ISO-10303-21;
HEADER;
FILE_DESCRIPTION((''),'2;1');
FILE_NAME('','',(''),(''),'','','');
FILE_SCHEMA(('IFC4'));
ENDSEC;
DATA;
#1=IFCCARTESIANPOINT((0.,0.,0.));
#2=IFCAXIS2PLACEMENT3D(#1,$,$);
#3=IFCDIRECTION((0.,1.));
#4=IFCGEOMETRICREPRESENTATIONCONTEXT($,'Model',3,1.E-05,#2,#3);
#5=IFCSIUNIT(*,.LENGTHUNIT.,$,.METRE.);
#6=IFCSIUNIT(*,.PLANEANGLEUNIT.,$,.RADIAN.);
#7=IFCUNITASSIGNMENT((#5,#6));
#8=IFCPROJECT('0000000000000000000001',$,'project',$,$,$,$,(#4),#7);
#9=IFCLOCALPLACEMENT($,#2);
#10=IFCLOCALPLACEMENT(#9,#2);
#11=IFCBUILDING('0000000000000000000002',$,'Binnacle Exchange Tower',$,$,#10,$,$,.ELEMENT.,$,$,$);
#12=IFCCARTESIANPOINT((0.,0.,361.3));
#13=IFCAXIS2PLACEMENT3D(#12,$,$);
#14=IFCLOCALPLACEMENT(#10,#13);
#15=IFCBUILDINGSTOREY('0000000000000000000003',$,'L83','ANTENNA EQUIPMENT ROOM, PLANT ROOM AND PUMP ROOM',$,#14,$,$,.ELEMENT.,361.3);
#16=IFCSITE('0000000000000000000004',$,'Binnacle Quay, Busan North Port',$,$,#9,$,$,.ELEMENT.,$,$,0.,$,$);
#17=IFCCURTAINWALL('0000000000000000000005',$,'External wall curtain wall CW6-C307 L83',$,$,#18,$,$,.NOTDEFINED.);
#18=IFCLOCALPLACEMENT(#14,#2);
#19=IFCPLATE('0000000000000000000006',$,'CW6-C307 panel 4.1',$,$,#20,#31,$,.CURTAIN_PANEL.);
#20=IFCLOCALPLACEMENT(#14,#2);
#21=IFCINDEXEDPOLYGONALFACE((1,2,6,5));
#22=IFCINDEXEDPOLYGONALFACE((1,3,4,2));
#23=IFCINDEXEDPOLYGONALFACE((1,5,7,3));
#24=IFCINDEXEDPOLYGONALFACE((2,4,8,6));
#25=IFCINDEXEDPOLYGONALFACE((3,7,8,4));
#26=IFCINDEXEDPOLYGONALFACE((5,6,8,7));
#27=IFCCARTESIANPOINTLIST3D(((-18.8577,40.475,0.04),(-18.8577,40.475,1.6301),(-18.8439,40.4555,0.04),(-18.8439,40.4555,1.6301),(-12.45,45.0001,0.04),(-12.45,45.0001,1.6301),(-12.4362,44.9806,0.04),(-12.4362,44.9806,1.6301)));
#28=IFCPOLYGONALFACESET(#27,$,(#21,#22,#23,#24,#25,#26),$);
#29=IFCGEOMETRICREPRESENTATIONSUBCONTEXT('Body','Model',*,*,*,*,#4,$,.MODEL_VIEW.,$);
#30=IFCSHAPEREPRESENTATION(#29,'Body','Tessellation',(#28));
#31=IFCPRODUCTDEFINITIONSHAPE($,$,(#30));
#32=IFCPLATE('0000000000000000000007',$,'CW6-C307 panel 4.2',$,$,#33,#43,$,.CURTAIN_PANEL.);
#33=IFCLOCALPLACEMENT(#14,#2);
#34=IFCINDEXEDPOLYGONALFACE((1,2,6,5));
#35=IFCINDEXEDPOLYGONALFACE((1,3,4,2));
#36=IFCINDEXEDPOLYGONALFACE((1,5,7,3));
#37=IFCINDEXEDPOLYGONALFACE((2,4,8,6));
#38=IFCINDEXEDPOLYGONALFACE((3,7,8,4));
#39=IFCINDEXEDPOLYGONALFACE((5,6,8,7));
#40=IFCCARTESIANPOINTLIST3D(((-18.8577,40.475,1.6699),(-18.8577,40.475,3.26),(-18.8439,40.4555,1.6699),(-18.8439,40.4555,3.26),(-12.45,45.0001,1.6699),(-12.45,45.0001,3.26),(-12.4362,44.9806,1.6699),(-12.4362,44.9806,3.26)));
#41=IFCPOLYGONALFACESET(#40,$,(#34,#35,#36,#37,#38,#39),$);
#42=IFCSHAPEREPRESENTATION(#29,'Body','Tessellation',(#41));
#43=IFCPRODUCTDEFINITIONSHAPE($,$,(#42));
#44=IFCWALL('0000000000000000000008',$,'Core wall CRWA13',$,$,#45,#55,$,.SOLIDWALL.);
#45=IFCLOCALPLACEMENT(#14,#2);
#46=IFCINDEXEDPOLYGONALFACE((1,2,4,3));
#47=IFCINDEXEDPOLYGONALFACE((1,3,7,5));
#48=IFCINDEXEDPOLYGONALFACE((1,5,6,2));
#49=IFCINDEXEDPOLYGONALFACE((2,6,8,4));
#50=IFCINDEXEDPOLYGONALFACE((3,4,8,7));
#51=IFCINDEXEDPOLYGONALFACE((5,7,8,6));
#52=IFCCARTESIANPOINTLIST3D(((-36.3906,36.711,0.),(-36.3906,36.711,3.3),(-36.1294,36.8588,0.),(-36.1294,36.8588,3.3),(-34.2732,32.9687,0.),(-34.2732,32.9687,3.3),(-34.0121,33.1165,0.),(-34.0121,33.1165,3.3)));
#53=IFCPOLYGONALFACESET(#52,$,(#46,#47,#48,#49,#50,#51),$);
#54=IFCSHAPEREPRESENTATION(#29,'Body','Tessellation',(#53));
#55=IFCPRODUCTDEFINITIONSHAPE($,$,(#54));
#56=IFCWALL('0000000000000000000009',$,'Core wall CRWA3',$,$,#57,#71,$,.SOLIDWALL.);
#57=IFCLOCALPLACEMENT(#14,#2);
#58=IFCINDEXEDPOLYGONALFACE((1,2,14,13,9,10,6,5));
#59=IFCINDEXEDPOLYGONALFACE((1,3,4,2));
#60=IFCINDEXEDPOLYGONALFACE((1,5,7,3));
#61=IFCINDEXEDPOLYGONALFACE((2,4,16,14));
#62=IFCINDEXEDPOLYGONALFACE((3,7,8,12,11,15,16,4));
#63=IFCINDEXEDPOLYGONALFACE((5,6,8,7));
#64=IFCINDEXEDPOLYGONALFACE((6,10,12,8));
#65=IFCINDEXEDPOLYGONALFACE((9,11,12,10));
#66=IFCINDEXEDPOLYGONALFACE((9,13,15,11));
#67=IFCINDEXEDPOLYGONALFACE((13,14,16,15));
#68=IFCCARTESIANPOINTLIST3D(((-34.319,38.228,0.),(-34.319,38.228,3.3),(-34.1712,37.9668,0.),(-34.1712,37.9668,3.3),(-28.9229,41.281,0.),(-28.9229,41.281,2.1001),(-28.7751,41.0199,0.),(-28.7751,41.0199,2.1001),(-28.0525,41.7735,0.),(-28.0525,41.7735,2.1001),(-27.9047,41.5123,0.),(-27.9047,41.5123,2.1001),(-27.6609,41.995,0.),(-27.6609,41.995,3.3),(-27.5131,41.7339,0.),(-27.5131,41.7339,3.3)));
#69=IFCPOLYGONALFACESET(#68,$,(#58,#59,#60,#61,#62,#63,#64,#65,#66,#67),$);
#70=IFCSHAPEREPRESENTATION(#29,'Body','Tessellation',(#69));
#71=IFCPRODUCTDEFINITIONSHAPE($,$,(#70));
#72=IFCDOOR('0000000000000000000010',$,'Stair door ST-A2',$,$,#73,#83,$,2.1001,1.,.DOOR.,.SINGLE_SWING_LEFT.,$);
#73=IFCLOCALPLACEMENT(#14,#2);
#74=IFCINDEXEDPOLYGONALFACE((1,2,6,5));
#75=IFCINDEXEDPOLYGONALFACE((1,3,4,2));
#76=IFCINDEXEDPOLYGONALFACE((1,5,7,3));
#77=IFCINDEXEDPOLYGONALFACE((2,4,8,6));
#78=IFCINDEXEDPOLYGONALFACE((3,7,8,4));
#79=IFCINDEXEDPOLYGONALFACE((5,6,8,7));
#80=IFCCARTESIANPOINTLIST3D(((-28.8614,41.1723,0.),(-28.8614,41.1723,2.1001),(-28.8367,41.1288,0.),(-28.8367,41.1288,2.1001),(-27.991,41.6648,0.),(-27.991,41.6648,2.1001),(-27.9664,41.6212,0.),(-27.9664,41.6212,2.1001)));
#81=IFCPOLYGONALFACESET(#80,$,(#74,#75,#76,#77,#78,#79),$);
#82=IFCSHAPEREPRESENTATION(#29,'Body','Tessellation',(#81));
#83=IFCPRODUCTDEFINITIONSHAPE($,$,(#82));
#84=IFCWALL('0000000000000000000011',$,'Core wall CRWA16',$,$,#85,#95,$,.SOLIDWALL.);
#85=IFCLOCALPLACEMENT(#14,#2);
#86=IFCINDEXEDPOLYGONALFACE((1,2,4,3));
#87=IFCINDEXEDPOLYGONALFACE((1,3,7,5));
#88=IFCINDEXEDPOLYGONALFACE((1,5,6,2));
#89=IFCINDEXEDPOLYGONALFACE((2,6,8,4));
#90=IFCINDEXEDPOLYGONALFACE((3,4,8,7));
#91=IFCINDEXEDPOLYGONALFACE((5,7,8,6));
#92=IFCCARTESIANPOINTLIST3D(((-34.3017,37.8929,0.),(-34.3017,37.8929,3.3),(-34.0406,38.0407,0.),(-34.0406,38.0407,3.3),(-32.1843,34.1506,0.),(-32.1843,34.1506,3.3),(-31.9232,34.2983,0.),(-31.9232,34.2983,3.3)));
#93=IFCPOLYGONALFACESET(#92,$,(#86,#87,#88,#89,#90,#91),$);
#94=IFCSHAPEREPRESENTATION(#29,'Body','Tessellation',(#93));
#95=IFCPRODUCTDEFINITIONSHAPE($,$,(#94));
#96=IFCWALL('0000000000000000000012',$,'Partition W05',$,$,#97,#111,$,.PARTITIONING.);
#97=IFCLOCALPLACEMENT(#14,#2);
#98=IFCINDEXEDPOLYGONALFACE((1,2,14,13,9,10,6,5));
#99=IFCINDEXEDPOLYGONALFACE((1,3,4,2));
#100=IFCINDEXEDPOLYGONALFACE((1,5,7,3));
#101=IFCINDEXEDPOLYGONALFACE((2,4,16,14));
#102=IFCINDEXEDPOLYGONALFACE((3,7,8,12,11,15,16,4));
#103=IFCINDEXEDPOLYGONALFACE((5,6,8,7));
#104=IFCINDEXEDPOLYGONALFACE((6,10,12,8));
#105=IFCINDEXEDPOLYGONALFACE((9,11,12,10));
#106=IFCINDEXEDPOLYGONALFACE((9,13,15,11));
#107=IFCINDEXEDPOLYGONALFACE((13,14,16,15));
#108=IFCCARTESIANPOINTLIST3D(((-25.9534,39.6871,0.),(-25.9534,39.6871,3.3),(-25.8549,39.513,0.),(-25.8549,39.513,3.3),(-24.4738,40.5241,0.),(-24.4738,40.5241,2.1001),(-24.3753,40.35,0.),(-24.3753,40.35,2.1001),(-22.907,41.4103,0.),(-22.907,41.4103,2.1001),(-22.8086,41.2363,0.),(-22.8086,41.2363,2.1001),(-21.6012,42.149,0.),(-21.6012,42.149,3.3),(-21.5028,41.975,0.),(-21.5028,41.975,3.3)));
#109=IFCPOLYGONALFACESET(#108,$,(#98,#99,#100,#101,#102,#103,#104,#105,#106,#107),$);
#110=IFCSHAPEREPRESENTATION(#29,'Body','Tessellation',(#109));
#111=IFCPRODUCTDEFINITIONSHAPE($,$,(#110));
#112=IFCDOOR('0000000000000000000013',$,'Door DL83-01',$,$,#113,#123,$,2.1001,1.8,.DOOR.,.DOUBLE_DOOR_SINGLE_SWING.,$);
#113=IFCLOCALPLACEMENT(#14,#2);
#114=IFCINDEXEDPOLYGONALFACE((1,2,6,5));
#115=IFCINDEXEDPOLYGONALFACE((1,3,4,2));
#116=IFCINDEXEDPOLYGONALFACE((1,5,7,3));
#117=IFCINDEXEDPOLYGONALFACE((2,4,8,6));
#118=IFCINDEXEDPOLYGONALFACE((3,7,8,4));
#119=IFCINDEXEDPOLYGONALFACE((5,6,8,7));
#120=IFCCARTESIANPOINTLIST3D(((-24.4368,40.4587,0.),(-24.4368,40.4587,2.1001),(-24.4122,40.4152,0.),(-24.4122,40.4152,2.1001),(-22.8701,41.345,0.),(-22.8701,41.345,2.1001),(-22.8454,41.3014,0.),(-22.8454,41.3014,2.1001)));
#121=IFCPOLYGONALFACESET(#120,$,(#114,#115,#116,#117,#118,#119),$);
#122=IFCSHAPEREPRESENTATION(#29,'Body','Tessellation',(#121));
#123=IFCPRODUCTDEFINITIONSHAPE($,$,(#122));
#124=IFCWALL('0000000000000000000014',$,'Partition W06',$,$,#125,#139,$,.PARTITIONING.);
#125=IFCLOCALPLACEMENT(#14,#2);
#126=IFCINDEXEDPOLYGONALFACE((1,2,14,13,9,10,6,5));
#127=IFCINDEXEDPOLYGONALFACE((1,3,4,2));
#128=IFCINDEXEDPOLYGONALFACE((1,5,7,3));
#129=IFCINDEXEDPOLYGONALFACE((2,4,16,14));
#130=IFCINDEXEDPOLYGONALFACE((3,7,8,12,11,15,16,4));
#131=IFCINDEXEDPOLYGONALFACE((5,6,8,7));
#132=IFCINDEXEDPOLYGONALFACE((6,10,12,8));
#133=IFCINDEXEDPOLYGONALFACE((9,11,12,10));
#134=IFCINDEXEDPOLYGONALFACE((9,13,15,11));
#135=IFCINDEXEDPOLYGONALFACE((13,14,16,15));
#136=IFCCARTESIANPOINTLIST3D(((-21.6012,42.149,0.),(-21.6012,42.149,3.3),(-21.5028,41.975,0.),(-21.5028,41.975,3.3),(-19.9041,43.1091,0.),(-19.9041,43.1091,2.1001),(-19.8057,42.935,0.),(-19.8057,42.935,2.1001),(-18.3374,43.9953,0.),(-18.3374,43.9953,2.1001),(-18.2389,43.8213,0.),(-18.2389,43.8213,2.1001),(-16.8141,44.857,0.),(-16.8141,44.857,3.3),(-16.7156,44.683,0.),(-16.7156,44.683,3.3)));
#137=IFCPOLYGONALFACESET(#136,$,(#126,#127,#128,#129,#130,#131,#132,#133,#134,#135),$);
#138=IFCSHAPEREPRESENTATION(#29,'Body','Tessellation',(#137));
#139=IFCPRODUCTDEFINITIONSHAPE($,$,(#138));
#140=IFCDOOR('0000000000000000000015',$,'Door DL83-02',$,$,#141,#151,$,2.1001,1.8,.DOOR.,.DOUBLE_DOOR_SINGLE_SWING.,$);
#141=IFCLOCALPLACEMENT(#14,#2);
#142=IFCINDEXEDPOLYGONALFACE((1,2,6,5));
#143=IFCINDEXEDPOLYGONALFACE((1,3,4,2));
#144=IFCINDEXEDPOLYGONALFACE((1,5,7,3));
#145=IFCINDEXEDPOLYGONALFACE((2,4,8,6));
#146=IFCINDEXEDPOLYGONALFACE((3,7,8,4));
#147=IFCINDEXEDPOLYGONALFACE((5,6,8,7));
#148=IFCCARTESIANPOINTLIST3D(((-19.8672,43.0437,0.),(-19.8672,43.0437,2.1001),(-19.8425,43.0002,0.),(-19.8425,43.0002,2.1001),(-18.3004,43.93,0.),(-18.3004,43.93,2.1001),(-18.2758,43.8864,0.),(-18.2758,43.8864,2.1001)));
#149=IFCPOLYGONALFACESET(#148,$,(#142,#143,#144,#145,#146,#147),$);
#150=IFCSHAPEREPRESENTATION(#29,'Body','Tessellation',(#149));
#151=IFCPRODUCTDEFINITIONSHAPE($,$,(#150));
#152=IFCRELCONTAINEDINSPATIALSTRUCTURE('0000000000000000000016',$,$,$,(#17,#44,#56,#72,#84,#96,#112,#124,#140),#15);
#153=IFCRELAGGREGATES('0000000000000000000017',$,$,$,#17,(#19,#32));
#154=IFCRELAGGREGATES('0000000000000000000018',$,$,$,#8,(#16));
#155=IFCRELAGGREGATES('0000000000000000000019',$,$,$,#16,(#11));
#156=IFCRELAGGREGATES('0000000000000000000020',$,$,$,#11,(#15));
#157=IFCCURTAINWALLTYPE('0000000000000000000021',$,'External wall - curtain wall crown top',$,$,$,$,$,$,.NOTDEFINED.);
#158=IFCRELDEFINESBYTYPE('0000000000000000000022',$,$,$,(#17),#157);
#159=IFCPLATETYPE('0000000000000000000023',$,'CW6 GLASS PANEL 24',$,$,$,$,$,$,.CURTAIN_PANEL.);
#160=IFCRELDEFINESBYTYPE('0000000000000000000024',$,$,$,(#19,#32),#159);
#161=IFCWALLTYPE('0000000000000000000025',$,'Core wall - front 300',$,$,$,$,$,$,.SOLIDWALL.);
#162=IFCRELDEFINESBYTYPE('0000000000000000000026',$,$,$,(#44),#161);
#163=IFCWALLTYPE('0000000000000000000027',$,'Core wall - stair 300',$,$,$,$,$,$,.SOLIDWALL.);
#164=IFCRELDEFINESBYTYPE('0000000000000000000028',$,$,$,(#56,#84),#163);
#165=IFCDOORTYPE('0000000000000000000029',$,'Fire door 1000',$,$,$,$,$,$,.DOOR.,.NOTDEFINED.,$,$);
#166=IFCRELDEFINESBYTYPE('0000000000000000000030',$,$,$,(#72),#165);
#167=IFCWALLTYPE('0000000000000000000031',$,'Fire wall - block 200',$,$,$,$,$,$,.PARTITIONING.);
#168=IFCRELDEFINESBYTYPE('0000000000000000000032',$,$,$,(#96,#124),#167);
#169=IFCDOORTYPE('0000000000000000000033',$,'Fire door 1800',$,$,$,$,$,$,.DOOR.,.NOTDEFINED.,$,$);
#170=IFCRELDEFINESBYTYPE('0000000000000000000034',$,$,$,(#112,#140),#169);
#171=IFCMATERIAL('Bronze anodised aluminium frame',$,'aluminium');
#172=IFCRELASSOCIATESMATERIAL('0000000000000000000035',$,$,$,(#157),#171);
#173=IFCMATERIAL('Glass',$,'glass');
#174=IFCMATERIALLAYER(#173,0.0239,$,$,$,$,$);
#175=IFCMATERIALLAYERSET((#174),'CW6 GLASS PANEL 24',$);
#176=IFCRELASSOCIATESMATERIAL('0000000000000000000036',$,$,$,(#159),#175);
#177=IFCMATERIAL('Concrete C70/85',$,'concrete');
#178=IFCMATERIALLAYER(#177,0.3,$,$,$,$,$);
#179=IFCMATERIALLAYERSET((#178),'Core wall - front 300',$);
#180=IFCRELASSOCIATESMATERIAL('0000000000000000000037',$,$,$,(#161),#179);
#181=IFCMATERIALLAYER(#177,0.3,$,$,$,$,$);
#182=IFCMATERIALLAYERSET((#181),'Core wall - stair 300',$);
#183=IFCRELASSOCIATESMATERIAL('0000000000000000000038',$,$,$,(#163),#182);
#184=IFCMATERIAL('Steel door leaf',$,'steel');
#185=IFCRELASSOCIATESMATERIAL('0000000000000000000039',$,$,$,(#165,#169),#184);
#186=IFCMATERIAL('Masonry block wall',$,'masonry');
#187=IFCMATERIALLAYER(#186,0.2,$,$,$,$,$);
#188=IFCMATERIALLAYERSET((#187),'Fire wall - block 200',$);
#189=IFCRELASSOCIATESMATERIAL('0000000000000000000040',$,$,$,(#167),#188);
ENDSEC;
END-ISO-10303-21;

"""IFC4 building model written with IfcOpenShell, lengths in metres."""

from ifc_helpers import new_model, si_unit, direction, frame, frame_2d, origin, origin_2d, place, context, subcontext, project, spatial, rectangle, extrude, material, layer, layer_set, type_object, element, fill, aggregate, save


model = new_model("IFC4")

# Units and contexts
model_context = context("Model", 3, precision=1e-05, world=origin(), true_north=direction((0.0, 1.0)))
body_context = subcontext(model_context, "Body", "Model", "MODEL_VIEW")
ifc_project = project(units=[si_unit("LENGTHUNIT", "METRE"), si_unit("PLANEANGLEUNIT", "RADIAN")], contexts=[model_context])

# Site, building, storey
site_placement = place(None, origin())
site = spatial("IfcSite", under=ifc_project, at=site_placement, Name="Binnacle Quay, Busan North Port", CompositionType="ELEMENT", RefElevation=0.0)
building_placement = place(site_placement, origin())
building = spatial("IfcBuilding", under=site, at=building_placement, Name="Binnacle Exchange Tower", CompositionType="ELEMENT")
storey_placement = place(building_placement, frame((0.0, 0.0, 361.3)))
storey = spatial("IfcBuildingStorey", under=building, at=storey_placement, Name="L83", Description="ANTENNA EQUIPMENT ROOM, PLANT ROOM AND PUMP ROOM", CompositionType="ELEMENT", Elevation=361.3)

# Curtain wall
ifc_material_1 = material(Name="Bronze anodised aluminium frame", Category="aluminium")
curtain_wall_type = type_object("IfcCurtainWallType", Name="External wall - curtain wall crown top", PredefinedType="NOTDEFINED", material=ifc_material_1)
curtain_wall_placement = place(storey_placement, origin())
curtain_wall = element("IfcCurtainWall", 1, at=curtain_wall_placement, inside=storey, type_object=curtain_wall_type, Name="External wall curtain wall CW6-C307 L83", PredefinedType="NOTDEFINED")

# Plates
ifc_material_2 = material(Name="Glass", Category="glass")
ifc_layer_1 = layer(ifc_material_2, 0.0239)
ifc_layer_set_1 = layer_set([ifc_layer_1], Name="CW6 GLASS PANEL 24")
plate_type = type_object("IfcPlateType", Name="CW6 GLASS PANEL 24", PredefinedType="CURTAIN_PANEL", material=ifc_layer_set_1)
plate_1_placement = place(storey_placement, frame((-15.647, 42.7278, 0.04), z_axis=(0.0, 0.0, 1.0), x_axis=(0.816847, 0.576854, 0.0)))
plate_1 = element("IfcPlate", 2, at=plate_1_placement, type_object=plate_type, Name="CW6-C307 panel 4.1", PredefinedType="CURTAIN_PANEL", context=body_context, shape_type="SweptSolid", body=[
    extrude(rectangle(XDim=7.8445, YDim=0.0239, at=origin_2d()), origin(), (0.0, 0.0, 1.0), 1.5901),
])
plate_2_placement = place(storey_placement, frame((-15.647, 42.7278, 1.6699), z_axis=(0.0, 0.0, 1.0), x_axis=(0.816847, 0.576854, 0.0)))
plate_2 = element("IfcPlate", 3, at=plate_2_placement, type_object=plate_type, Name="CW6-C307 panel 4.2", PredefinedType="CURTAIN_PANEL", context=body_context, shape_type="SweptSolid", body=[
    extrude(rectangle(XDim=7.8445, YDim=0.0239, at=origin_2d()), origin(), (0.0, 0.0, 1.0), 1.5901),
])
aggregate(curtain_wall, [plate_1, plate_2])

# Wall
ifc_material_3 = material(Name="Concrete C70/85", Category="concrete")
ifc_layer_2 = layer(ifc_material_3, 0.3)
ifc_layer_set_2 = layer_set([ifc_layer_2], Name="Core wall - front 300")
wall_type_1 = type_object("IfcWallType", Name="Core wall - front 300", PredefinedType="SOLIDWALL", material=ifc_layer_set_2)
wall_1_placement = place(storey_placement, frame((-36.26, 36.7849, 0.0), z_axis=(0.0, 0.0, 1.0), x_axis=(0.492435, -0.870349, 0.0)))
element("IfcWall", 4, at=wall_1_placement, inside=storey, type_object=wall_type_1, Name="Core wall CRWA13", PredefinedType="SOLIDWALL", context=body_context, shape_type="SweptSolid", body=[
    extrude(rectangle(XDim=4.2998, YDim=0.3, at=frame_2d((2.1499, 0.0))), origin(), (0.0, 0.0, 1.0), 3.3),
])

# Wall, opening, door
ifc_layer_3 = layer(ifc_material_3, 0.3)
ifc_layer_set_3 = layer_set([ifc_layer_3], Name="Core wall - stair 300")
wall_type_2 = type_object("IfcWallType", Name="Core wall - stair 300", PredefinedType="SOLIDWALL", material=ifc_layer_set_3)
wall_2_placement = place(storey_placement, frame((-34.2451, 38.0974, 0.0), z_axis=(0.0, 0.0, 1.0), x_axis=(0.870352, 0.492429, 0.0)))
wall_2 = element("IfcWall", 5, at=wall_2_placement, inside=storey, type_object=wall_type_2, Name="Core wall CRWA3", PredefinedType="SOLIDWALL", context=body_context, shape_type="SweptSolid", body=[
    extrude(rectangle(XDim=7.6499, YDim=0.3, at=frame_2d((3.825, 0.0))), origin(), (0.0, 0.0, 1.0), 3.3),
])
opening_1_placement = place(wall_2_placement, frame((6.2, 0.0, 0.0)))
opening_1 = element("IfcOpeningElement", 6, at=opening_1_placement, cuts=wall_2, PredefinedType="OPENING", context=body_context, shape_type="SweptSolid", body=[
    extrude(rectangle(XDim=1.0, YDim=2.1001, at=frame_2d((0.5, 1.05))), frame((0.0, 0.1599, 0.0), z_axis=(0.0, -1.0, 0.0), x_axis=(1.0, 0.0, 0.0)), (0.0, 0.0, 1.0), 0.3201),
])
ifc_material_4 = material(Name="Steel door leaf", Category="steel")
door_type_1 = type_object("IfcDoorType", Name="Fire door 1000", OperationType="NOTDEFINED", PredefinedType="DOOR", material=ifc_material_4)
door_1_placement = place(opening_1_placement, frame((1.0, 0.0, 0.0), z_axis=(0.0, 0.0, 1.0), x_axis=(-1.0, 0.0, 0.0)))
door_1 = element("IfcDoor", 7, at=door_1_placement, inside=storey, type_object=door_type_1, Name="Stair door ST-A2", OperationType="SINGLE_SWING_LEFT", OverallHeight=2.1001, OverallWidth=1.0, PredefinedType="DOOR", context=body_context, shape_type="SweptSolid", body=[
    extrude(rectangle(XDim=1.0, YDim=2.1001, at=frame_2d((0.5, 1.05))), frame((0.0, 0.0249, 0.0), z_axis=(0.0, -1.0, 0.0), x_axis=(1.0, 0.0, 0.0)), (0.0, 0.0, 1.0), 0.05),
])
fill(opening_1, door_1)

# Wall
wall_3_placement = place(storey_placement, frame((-34.1711, 37.9668, 0.0), z_axis=(0.0, 0.0, 1.0), x_axis=(0.492435, -0.870349, 0.0)))
element("IfcWall", 8, at=wall_3_placement, inside=storey, type_object=wall_type_2, Name="Core wall CRWA16", PredefinedType="SOLIDWALL", context=body_context, shape_type="SweptSolid", body=[
    extrude(rectangle(XDim=4.2998, YDim=0.3, at=frame_2d((2.1499, 0.0))), origin(), (0.0, 0.0, 1.0), 3.3),
])

# Walls, openings, doors
ifc_material_5 = material(Name="Masonry block wall", Category="masonry")
ifc_layer_4 = layer(ifc_material_5, 0.2)
ifc_layer_set_4 = layer_set([ifc_layer_4], Name="Fire wall - block 200")
wall_type_3 = type_object("IfcWallType", Name="Fire wall - block 200", PredefinedType="PARTITIONING", material=ifc_layer_set_4)
wall_4_placement = place(storey_placement, frame((-25.9041, 39.6001, 0.0), z_axis=(0.0, 0.0, 1.0), x_axis=(0.870386, 0.492369, 0.0)))
wall_4 = element("IfcWall", 9, at=wall_4_placement, inside=storey, type_object=wall_type_3, Name="Partition W05", PredefinedType="PARTITIONING", context=body_context, shape_type="SweptSolid", body=[
    extrude(rectangle(XDim=5.0002, YDim=0.2, at=frame_2d((2.5, 0.0))), origin(), (0.0, 0.0, 1.0), 3.3),
])
opening_2_placement = place(wall_4_placement, frame((1.7, 0.0, 0.0)))
opening_2 = element("IfcOpeningElement", 10, at=opening_2_placement, cuts=wall_4, PredefinedType="OPENING", context=body_context, shape_type="SweptSolid", body=[
    extrude(rectangle(XDim=1.8, YDim=2.1001, at=frame_2d((0.8999, 1.05))), frame((0.0, 0.1099, 0.0), z_axis=(0.0, -1.0, 0.0), x_axis=(1.0, 0.0, 0.0)), (0.0, 0.0, 1.0), 0.22),
])
door_type_2 = type_object("IfcDoorType", Name="Fire door 1800", OperationType="NOTDEFINED", PredefinedType="DOOR", material=ifc_material_4)
door_2_placement = place(opening_2_placement, origin())
door_2 = element("IfcDoor", 11, at=door_2_placement, inside=storey, type_object=door_type_2, Name="Door DL83-01", OperationType="DOUBLE_DOOR_SINGLE_SWING", OverallHeight=2.1001, OverallWidth=1.8, PredefinedType="DOOR", context=body_context, shape_type="SweptSolid", body=[
    extrude(rectangle(XDim=1.8, YDim=2.1001, at=frame_2d((0.8999, 1.05))), frame((0.0, 0.0249, 0.0), z_axis=(0.0, -1.0, 0.0), x_axis=(1.0, 0.0, 0.0)), (0.0, 0.0, 1.0), 0.05),
])
fill(opening_2, door_2)
wall_5_placement = place(storey_placement, frame((-21.552, 42.062, 0.0), z_axis=(0.0, 0.0, 1.0), x_axis=(0.870388, 0.492367, 0.0)))
wall_5 = element("IfcWall", 12, at=wall_5_placement, inside=storey, type_object=wall_type_3, Name="Partition W06", PredefinedType="PARTITIONING", context=body_context, shape_type="SweptSolid", body=[
    extrude(rectangle(XDim=5.5, YDim=0.2, at=frame_2d((2.75, 0.0))), origin(), (0.0, 0.0, 1.0), 3.3),
])
opening_3_placement = place(wall_5_placement, frame((1.95, 0.0, 0.0)))
opening_3 = element("IfcOpeningElement", 13, at=opening_3_placement, cuts=wall_5, PredefinedType="OPENING", context=body_context, shape_type="SweptSolid", body=[
    extrude(rectangle(XDim=1.8, YDim=2.1001, at=frame_2d((0.8999, 1.05))), frame((0.0, 0.1099, 0.0), z_axis=(0.0, -1.0, 0.0), x_axis=(1.0, 0.0, 0.0)), (0.0, 0.0, 1.0), 0.22),
])
door_3_placement = place(opening_3_placement, origin())
door_3 = element("IfcDoor", 14, at=door_3_placement, inside=storey, type_object=door_type_2, Name="Door DL83-02", OperationType="DOUBLE_DOOR_SINGLE_SWING", OverallHeight=2.1001, OverallWidth=1.8, PredefinedType="DOOR", context=body_context, shape_type="SweptSolid", body=[
    extrude(rectangle(XDim=1.8, YDim=2.1001, at=frame_2d((0.8999, 1.05))), frame((0.0, 0.0249, 0.0), z_axis=(0.0, -1.0, 0.0), x_axis=(1.0, 0.0, 0.0)), (0.0, 0.0, 1.0), 0.05),
])
fill(opening_3, door_3)

save(model, "model.ifc")
